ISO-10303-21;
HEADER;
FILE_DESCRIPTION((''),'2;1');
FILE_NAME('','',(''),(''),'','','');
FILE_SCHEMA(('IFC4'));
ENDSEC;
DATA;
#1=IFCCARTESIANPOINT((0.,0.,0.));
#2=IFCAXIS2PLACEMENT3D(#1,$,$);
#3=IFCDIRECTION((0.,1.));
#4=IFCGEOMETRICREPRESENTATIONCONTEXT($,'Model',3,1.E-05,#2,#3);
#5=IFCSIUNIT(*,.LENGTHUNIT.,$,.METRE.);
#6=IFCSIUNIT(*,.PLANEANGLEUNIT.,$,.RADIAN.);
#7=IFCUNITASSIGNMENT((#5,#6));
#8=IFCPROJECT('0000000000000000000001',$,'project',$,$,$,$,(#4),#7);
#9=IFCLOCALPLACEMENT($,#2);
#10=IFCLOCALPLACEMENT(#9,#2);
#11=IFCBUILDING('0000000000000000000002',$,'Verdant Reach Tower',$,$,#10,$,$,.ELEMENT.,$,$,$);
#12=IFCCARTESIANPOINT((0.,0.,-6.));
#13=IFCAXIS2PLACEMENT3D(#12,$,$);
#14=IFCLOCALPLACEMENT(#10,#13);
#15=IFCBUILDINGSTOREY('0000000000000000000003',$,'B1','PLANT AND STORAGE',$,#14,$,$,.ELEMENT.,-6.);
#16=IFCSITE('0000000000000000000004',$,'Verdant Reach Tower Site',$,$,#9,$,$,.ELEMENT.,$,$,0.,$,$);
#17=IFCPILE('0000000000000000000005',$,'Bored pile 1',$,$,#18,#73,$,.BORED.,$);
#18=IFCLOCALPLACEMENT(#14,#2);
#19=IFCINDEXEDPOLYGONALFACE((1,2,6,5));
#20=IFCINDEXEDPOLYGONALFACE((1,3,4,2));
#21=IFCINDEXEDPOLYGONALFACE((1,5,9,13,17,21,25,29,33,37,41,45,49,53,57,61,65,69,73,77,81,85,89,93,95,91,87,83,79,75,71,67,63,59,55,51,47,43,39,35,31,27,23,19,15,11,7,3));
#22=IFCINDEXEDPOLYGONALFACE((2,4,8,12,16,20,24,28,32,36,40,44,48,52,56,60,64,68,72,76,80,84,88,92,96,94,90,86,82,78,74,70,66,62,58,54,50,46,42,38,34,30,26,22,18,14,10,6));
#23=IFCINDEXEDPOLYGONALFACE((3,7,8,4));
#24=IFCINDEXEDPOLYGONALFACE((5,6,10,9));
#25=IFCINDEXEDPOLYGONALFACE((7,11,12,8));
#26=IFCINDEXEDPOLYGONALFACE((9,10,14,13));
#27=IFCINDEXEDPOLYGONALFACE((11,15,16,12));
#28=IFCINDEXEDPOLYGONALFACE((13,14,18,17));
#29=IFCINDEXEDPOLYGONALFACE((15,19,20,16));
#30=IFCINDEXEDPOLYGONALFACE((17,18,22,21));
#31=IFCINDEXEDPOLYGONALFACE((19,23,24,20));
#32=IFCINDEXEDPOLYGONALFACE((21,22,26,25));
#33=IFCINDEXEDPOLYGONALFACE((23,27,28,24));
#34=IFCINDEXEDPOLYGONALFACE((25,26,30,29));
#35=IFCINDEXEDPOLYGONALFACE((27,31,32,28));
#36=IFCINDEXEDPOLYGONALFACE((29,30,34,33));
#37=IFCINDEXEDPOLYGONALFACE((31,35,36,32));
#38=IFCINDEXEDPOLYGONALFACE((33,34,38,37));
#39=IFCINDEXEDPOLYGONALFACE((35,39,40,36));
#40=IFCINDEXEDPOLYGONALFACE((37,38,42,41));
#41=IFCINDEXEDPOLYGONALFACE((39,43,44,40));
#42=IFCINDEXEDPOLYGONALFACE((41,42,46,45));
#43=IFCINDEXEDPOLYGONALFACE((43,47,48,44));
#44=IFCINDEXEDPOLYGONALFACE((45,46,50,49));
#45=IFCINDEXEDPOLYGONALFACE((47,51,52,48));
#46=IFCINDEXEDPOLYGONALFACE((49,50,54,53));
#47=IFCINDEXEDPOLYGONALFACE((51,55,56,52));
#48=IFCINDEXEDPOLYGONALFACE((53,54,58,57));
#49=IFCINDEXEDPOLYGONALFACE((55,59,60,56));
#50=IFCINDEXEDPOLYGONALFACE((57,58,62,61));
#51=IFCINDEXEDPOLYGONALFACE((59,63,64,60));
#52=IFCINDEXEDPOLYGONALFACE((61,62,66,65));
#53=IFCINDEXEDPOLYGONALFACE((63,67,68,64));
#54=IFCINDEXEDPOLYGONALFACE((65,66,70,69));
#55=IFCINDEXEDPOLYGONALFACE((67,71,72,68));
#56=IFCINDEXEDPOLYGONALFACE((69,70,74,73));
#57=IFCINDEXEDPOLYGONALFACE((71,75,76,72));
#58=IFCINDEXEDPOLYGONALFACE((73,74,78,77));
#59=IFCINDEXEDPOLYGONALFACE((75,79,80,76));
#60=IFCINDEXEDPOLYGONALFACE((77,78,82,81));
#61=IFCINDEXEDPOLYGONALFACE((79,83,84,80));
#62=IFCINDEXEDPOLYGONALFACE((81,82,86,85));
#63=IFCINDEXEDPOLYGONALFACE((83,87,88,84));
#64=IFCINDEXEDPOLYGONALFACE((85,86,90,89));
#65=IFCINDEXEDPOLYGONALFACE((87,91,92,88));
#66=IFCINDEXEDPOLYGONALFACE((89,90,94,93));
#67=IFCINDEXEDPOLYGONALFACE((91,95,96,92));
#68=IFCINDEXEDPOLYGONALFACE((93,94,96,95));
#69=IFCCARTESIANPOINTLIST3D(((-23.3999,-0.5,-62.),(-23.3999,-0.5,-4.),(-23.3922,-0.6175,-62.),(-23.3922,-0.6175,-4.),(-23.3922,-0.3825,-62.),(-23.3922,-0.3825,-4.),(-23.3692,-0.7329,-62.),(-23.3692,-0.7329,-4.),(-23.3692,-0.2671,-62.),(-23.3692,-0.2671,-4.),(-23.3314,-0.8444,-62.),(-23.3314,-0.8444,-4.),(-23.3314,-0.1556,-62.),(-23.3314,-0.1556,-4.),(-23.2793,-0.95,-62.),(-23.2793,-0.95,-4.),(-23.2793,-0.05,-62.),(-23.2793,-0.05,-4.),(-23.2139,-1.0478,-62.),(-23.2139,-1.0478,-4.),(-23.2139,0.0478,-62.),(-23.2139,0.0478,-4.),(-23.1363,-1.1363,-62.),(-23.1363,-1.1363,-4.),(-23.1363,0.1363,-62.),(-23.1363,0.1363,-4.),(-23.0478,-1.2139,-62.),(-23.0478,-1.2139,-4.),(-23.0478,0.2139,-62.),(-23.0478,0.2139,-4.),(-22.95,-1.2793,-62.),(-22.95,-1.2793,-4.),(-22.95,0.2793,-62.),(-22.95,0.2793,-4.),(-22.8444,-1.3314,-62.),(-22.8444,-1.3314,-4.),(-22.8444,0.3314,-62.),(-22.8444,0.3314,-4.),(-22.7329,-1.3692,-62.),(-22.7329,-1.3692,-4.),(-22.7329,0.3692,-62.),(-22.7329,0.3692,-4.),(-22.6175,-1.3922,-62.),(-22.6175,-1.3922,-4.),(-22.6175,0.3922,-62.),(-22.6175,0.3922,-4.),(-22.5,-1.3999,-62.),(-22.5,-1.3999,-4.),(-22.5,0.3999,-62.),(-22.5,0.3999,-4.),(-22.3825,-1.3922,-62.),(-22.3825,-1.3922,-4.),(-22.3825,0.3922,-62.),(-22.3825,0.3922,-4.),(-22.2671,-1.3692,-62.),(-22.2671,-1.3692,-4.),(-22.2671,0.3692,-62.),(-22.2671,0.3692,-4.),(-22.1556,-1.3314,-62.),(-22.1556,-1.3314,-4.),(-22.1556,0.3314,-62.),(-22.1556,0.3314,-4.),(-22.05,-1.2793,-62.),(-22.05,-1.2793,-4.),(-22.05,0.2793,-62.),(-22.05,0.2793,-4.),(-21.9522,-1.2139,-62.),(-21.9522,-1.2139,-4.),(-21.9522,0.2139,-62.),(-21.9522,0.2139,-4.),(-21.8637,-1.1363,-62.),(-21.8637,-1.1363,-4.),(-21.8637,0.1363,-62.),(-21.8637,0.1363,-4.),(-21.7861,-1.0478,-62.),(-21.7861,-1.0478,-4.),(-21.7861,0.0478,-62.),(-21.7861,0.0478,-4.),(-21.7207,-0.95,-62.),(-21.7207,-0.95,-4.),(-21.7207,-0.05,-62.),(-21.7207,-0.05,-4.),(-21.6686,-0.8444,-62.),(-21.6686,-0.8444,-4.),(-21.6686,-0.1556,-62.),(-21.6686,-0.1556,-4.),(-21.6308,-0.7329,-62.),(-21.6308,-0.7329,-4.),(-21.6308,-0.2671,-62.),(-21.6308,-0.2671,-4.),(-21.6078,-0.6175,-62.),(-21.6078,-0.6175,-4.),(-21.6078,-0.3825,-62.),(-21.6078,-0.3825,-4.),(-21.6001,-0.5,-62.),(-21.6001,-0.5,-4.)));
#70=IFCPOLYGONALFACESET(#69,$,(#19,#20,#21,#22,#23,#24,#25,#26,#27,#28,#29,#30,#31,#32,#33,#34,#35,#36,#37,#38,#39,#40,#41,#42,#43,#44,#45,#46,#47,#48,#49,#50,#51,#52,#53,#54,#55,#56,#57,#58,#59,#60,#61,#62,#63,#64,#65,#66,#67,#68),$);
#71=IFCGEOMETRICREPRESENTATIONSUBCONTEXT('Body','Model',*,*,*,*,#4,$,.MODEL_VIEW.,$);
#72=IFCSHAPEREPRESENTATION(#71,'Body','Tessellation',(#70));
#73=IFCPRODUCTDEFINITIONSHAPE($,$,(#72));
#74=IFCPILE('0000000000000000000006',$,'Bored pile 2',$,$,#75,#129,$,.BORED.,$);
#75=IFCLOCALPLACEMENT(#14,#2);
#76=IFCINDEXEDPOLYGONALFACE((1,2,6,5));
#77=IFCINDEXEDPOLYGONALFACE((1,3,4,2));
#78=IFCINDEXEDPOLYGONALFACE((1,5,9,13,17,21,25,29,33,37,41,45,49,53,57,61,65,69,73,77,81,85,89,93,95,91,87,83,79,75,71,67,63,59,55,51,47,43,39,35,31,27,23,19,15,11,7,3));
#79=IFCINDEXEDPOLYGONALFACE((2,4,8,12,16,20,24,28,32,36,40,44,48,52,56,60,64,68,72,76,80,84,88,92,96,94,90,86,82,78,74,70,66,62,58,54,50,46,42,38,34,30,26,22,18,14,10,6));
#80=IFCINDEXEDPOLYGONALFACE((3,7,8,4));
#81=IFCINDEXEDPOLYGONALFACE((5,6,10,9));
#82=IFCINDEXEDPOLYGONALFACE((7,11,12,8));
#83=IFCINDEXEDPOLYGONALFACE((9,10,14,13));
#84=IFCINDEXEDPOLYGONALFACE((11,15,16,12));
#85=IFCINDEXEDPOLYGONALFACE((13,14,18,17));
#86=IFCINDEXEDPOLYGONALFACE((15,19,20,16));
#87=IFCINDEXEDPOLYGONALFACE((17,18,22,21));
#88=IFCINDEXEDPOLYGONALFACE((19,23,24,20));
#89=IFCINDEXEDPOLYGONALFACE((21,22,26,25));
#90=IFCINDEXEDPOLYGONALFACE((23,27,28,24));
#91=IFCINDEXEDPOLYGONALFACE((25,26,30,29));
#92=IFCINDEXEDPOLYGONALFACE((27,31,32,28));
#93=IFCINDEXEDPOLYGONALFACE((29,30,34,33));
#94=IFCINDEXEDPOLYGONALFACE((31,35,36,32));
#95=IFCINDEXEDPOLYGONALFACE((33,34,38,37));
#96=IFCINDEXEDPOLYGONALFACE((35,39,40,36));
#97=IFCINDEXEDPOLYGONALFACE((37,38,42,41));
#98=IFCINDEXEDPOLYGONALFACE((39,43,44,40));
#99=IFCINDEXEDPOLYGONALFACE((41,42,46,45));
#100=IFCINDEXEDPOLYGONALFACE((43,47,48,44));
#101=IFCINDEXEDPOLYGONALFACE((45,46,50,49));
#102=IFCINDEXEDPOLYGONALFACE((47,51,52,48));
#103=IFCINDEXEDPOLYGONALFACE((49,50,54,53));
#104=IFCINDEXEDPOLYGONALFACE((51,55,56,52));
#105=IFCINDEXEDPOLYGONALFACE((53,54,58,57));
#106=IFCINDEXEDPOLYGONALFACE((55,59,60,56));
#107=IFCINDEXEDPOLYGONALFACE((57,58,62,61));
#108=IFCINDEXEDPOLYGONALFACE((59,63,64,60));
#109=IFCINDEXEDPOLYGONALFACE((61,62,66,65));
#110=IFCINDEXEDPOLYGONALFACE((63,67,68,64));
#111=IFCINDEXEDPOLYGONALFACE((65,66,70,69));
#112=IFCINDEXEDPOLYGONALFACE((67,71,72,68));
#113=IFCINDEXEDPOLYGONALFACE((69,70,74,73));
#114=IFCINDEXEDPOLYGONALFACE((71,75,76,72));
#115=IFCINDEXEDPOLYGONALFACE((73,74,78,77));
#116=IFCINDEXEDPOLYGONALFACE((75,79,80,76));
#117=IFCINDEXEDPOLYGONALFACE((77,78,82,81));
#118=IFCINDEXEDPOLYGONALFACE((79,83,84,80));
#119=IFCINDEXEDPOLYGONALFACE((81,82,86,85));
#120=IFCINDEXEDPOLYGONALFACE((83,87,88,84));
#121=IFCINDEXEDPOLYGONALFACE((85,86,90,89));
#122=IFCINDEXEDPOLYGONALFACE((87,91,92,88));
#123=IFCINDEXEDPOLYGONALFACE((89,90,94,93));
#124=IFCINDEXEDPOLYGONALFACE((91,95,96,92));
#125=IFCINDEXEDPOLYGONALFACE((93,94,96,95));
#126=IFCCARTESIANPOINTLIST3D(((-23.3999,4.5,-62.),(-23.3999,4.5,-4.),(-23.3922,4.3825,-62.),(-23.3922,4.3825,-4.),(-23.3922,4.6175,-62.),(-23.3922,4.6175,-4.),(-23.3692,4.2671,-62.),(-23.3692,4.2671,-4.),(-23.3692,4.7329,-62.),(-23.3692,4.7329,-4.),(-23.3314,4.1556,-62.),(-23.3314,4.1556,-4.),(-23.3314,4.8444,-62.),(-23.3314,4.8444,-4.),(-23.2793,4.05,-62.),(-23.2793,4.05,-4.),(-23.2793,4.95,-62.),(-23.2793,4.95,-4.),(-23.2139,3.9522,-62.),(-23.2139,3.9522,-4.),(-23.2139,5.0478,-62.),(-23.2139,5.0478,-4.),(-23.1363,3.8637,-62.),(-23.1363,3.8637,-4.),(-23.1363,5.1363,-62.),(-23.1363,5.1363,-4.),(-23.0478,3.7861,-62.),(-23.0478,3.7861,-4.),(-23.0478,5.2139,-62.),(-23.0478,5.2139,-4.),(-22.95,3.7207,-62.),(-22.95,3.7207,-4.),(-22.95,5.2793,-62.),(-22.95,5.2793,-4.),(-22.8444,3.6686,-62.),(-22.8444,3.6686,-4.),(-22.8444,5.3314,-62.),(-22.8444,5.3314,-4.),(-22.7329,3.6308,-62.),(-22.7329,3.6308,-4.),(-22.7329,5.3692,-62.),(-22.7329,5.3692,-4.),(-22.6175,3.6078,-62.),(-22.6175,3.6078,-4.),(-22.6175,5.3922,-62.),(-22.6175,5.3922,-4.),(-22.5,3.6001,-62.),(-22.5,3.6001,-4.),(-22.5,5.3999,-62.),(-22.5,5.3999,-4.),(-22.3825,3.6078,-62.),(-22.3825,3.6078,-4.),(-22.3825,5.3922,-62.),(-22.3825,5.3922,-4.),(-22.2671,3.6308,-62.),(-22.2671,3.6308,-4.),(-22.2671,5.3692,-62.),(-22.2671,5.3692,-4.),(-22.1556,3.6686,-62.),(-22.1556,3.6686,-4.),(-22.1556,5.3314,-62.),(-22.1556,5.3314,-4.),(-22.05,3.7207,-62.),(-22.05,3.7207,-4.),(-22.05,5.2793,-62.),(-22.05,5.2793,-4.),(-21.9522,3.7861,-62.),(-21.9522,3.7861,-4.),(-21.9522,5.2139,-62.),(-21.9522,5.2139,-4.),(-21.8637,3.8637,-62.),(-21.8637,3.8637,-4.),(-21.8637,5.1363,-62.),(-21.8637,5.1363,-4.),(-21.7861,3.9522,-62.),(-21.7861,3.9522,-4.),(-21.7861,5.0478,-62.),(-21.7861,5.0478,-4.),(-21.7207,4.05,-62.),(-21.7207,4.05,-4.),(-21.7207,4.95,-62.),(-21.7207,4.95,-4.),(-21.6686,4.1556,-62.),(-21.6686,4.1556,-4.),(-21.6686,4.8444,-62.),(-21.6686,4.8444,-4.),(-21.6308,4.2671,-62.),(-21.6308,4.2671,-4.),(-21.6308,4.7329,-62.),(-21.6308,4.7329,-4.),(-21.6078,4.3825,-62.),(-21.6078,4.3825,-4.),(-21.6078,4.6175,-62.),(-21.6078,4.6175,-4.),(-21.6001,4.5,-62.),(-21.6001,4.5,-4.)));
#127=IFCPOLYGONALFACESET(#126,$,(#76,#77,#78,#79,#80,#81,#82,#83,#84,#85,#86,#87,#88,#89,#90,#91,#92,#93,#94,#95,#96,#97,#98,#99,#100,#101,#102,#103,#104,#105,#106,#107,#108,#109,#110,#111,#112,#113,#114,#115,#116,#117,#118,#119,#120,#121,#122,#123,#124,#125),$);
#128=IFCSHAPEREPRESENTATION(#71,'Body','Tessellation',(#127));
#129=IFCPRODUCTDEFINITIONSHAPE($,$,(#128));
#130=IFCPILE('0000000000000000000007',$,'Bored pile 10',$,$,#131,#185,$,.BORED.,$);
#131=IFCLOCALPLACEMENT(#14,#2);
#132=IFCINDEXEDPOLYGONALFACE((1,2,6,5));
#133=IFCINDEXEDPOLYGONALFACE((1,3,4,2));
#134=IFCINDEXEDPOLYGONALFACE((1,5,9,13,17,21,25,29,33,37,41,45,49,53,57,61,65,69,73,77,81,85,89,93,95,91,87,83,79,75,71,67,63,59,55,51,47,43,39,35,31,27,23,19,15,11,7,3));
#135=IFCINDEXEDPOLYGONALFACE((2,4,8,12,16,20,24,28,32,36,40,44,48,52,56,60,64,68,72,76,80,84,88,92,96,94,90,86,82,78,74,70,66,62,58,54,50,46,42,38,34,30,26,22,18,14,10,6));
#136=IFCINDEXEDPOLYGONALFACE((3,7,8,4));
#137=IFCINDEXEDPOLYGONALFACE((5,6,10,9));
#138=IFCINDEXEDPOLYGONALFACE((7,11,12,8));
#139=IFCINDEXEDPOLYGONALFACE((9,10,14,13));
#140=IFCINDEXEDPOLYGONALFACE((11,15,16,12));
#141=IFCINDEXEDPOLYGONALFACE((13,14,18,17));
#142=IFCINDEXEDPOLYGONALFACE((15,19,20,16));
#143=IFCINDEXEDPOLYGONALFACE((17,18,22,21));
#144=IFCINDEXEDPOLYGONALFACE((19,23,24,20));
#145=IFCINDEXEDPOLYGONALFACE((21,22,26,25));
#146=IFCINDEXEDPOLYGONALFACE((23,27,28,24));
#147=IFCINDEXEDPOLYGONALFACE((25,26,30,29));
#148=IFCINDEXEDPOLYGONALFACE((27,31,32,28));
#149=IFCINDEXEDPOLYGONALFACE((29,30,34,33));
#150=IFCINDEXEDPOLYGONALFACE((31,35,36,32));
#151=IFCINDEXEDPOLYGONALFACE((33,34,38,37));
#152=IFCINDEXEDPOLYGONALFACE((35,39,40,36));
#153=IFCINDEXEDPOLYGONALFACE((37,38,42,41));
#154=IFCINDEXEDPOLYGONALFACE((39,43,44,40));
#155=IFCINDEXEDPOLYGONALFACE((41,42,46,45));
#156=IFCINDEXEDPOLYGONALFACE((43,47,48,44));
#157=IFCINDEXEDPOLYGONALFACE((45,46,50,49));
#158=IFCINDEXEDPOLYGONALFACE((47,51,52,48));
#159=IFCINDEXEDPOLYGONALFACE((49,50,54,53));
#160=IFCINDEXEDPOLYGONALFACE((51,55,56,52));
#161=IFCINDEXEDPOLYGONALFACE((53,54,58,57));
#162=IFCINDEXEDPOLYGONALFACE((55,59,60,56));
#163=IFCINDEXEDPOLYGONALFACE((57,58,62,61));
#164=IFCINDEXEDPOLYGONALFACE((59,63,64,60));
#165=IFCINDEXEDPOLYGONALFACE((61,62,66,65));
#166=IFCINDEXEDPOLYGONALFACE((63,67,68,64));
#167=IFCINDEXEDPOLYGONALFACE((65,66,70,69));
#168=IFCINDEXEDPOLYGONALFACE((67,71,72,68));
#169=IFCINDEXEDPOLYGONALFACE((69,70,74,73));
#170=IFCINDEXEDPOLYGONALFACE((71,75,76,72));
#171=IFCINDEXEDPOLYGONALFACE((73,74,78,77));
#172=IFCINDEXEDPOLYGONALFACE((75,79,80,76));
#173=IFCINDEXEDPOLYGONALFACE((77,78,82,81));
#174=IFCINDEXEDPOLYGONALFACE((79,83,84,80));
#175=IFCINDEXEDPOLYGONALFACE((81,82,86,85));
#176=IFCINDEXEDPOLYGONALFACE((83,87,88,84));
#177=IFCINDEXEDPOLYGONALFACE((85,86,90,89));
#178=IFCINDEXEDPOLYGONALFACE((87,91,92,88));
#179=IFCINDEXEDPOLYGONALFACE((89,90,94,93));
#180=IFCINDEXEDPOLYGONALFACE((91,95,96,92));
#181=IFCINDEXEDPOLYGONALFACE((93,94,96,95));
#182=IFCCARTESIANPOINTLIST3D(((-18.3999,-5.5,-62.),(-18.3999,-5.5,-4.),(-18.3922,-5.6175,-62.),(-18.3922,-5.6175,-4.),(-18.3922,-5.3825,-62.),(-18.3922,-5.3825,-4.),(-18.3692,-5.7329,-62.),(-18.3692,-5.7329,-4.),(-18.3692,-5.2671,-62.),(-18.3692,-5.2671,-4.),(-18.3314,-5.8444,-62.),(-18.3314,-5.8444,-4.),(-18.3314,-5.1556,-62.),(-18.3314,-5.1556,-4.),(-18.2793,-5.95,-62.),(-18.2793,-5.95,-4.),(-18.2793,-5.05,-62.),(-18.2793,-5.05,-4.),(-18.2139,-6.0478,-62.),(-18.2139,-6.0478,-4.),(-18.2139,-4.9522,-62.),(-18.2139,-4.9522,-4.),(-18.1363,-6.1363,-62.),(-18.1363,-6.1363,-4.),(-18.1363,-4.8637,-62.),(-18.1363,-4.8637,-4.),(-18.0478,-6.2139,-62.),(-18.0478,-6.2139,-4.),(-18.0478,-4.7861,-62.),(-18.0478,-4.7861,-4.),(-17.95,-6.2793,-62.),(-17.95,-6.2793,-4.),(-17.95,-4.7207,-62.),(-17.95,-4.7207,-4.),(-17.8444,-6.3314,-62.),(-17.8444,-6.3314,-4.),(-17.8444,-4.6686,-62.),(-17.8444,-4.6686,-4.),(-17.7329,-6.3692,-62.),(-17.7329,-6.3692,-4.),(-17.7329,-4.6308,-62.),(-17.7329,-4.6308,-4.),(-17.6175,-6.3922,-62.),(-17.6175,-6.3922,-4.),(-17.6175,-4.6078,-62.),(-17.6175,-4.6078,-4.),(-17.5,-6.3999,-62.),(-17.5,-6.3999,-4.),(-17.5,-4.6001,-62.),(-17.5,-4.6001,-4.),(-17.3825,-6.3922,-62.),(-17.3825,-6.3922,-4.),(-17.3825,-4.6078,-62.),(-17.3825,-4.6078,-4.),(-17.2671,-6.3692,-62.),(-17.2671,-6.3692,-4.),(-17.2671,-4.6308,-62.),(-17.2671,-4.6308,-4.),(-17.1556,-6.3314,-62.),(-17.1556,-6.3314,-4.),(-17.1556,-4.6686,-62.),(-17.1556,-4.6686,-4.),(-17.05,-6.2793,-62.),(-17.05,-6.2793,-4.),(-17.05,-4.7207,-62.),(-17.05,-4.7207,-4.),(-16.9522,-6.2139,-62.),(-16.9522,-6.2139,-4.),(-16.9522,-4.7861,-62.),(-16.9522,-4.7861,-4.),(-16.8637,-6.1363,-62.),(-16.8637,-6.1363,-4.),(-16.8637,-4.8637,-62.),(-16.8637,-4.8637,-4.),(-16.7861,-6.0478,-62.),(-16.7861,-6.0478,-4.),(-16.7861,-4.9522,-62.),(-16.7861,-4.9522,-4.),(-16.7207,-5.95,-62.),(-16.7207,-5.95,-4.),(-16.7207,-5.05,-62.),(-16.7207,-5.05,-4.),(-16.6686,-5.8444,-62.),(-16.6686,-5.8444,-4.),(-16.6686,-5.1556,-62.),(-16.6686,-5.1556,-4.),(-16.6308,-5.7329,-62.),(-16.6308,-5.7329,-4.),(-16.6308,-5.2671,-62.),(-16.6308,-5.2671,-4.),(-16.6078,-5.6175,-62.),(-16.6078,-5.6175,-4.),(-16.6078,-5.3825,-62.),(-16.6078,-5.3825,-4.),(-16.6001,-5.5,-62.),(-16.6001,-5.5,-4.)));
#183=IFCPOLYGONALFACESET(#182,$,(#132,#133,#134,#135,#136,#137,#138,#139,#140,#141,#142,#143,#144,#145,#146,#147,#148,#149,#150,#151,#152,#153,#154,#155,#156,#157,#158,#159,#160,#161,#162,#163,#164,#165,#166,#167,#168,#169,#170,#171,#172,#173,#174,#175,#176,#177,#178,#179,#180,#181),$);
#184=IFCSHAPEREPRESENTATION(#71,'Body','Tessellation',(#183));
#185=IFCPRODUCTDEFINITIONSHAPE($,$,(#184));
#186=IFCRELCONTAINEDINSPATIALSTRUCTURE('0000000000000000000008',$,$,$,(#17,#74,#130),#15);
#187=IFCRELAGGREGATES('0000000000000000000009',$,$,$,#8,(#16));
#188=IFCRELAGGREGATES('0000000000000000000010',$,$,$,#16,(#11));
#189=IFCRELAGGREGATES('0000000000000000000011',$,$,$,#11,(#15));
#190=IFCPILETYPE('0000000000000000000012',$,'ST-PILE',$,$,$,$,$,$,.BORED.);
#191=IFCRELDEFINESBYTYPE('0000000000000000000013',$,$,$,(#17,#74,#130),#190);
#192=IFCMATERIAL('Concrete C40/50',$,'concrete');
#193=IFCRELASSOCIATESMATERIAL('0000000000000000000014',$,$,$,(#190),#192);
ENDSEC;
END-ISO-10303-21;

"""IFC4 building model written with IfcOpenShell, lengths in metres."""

from ifc_helpers import new_model, si_unit, direction, frame, origin, origin_2d, place, context, subcontext, project, spatial, circle, extrude, material, material_profile, profile_set, type_object, element, save


model = new_model("IFC4")

# Units and contexts
model_context = context("Model", 3, precision=1e-05, world=origin(), true_north=direction((0.0, 1.0)))
body_context = subcontext(model_context, "Body", "Model", "MODEL_VIEW")
ifc_project = project(units=[si_unit("LENGTHUNIT", "METRE"), si_unit("PLANEANGLEUNIT", "RADIAN")], contexts=[model_context])

# Site, building, storey
site_placement = place(None, origin())
site = spatial("IfcSite", under=ifc_project, at=site_placement, Name="Verdant Reach Tower Site", CompositionType="ELEMENT", RefElevation=0.0)
building_placement = place(site_placement, origin())
building = spatial("IfcBuilding", under=site, at=building_placement, Name="Verdant Reach Tower", CompositionType="ELEMENT")
storey_placement = place(building_placement, frame((0.0, 0.0, -6.0)))
storey = spatial("IfcBuildingStorey", under=building, at=storey_placement, Name="B1", Description="PLANT AND STORAGE", CompositionType="ELEMENT", Elevation=-6.0)

# Piles
ifc_material_1 = material(Name="Concrete C40/50", Category="concrete")
ifc_material_profile_1 = material_profile(ifc_material_1, circle(Radius=0.8999, at=origin_2d()), Name="BP 1800")
ifc_profile_set_1 = profile_set([ifc_material_profile_1], Name="Concrete C40/50")
pile_type = type_object("IfcPileType", Name="ST-PILE", PredefinedType="BORED", material=ifc_profile_set_1)
for number, where, z_axis, x_axis, name in (
    (1, (-22.5, -0.5, -4.0), (0.0, 0.0, -1.0), (1.0, 0.0, 0.0), "Bored pile 1"),
    (2, (-22.5, 4.5, -4.0), (0.0, 0.0, -1.0), (1.0, 0.0, 0.0), "Bored pile 2"),
    (3, (-17.5, -5.5, -4.0), (0.0, 0.0, -1.0), (1.0, 0.0, 0.0), "Bored pile 10"),
):
    element("IfcPile", number, at=place(storey_placement, frame(where, z_axis=z_axis, x_axis=x_axis)), inside=storey, type_object=pile_type, Name=name, PredefinedType="BORED", context=body_context, shape_type="SweptSolid", body=[
        extrude(circle(Radius=0.8999, at=origin_2d()), origin(), (0.0, 0.0, 1.0), 58.0),
    ])

save(model, "model.ifc")
